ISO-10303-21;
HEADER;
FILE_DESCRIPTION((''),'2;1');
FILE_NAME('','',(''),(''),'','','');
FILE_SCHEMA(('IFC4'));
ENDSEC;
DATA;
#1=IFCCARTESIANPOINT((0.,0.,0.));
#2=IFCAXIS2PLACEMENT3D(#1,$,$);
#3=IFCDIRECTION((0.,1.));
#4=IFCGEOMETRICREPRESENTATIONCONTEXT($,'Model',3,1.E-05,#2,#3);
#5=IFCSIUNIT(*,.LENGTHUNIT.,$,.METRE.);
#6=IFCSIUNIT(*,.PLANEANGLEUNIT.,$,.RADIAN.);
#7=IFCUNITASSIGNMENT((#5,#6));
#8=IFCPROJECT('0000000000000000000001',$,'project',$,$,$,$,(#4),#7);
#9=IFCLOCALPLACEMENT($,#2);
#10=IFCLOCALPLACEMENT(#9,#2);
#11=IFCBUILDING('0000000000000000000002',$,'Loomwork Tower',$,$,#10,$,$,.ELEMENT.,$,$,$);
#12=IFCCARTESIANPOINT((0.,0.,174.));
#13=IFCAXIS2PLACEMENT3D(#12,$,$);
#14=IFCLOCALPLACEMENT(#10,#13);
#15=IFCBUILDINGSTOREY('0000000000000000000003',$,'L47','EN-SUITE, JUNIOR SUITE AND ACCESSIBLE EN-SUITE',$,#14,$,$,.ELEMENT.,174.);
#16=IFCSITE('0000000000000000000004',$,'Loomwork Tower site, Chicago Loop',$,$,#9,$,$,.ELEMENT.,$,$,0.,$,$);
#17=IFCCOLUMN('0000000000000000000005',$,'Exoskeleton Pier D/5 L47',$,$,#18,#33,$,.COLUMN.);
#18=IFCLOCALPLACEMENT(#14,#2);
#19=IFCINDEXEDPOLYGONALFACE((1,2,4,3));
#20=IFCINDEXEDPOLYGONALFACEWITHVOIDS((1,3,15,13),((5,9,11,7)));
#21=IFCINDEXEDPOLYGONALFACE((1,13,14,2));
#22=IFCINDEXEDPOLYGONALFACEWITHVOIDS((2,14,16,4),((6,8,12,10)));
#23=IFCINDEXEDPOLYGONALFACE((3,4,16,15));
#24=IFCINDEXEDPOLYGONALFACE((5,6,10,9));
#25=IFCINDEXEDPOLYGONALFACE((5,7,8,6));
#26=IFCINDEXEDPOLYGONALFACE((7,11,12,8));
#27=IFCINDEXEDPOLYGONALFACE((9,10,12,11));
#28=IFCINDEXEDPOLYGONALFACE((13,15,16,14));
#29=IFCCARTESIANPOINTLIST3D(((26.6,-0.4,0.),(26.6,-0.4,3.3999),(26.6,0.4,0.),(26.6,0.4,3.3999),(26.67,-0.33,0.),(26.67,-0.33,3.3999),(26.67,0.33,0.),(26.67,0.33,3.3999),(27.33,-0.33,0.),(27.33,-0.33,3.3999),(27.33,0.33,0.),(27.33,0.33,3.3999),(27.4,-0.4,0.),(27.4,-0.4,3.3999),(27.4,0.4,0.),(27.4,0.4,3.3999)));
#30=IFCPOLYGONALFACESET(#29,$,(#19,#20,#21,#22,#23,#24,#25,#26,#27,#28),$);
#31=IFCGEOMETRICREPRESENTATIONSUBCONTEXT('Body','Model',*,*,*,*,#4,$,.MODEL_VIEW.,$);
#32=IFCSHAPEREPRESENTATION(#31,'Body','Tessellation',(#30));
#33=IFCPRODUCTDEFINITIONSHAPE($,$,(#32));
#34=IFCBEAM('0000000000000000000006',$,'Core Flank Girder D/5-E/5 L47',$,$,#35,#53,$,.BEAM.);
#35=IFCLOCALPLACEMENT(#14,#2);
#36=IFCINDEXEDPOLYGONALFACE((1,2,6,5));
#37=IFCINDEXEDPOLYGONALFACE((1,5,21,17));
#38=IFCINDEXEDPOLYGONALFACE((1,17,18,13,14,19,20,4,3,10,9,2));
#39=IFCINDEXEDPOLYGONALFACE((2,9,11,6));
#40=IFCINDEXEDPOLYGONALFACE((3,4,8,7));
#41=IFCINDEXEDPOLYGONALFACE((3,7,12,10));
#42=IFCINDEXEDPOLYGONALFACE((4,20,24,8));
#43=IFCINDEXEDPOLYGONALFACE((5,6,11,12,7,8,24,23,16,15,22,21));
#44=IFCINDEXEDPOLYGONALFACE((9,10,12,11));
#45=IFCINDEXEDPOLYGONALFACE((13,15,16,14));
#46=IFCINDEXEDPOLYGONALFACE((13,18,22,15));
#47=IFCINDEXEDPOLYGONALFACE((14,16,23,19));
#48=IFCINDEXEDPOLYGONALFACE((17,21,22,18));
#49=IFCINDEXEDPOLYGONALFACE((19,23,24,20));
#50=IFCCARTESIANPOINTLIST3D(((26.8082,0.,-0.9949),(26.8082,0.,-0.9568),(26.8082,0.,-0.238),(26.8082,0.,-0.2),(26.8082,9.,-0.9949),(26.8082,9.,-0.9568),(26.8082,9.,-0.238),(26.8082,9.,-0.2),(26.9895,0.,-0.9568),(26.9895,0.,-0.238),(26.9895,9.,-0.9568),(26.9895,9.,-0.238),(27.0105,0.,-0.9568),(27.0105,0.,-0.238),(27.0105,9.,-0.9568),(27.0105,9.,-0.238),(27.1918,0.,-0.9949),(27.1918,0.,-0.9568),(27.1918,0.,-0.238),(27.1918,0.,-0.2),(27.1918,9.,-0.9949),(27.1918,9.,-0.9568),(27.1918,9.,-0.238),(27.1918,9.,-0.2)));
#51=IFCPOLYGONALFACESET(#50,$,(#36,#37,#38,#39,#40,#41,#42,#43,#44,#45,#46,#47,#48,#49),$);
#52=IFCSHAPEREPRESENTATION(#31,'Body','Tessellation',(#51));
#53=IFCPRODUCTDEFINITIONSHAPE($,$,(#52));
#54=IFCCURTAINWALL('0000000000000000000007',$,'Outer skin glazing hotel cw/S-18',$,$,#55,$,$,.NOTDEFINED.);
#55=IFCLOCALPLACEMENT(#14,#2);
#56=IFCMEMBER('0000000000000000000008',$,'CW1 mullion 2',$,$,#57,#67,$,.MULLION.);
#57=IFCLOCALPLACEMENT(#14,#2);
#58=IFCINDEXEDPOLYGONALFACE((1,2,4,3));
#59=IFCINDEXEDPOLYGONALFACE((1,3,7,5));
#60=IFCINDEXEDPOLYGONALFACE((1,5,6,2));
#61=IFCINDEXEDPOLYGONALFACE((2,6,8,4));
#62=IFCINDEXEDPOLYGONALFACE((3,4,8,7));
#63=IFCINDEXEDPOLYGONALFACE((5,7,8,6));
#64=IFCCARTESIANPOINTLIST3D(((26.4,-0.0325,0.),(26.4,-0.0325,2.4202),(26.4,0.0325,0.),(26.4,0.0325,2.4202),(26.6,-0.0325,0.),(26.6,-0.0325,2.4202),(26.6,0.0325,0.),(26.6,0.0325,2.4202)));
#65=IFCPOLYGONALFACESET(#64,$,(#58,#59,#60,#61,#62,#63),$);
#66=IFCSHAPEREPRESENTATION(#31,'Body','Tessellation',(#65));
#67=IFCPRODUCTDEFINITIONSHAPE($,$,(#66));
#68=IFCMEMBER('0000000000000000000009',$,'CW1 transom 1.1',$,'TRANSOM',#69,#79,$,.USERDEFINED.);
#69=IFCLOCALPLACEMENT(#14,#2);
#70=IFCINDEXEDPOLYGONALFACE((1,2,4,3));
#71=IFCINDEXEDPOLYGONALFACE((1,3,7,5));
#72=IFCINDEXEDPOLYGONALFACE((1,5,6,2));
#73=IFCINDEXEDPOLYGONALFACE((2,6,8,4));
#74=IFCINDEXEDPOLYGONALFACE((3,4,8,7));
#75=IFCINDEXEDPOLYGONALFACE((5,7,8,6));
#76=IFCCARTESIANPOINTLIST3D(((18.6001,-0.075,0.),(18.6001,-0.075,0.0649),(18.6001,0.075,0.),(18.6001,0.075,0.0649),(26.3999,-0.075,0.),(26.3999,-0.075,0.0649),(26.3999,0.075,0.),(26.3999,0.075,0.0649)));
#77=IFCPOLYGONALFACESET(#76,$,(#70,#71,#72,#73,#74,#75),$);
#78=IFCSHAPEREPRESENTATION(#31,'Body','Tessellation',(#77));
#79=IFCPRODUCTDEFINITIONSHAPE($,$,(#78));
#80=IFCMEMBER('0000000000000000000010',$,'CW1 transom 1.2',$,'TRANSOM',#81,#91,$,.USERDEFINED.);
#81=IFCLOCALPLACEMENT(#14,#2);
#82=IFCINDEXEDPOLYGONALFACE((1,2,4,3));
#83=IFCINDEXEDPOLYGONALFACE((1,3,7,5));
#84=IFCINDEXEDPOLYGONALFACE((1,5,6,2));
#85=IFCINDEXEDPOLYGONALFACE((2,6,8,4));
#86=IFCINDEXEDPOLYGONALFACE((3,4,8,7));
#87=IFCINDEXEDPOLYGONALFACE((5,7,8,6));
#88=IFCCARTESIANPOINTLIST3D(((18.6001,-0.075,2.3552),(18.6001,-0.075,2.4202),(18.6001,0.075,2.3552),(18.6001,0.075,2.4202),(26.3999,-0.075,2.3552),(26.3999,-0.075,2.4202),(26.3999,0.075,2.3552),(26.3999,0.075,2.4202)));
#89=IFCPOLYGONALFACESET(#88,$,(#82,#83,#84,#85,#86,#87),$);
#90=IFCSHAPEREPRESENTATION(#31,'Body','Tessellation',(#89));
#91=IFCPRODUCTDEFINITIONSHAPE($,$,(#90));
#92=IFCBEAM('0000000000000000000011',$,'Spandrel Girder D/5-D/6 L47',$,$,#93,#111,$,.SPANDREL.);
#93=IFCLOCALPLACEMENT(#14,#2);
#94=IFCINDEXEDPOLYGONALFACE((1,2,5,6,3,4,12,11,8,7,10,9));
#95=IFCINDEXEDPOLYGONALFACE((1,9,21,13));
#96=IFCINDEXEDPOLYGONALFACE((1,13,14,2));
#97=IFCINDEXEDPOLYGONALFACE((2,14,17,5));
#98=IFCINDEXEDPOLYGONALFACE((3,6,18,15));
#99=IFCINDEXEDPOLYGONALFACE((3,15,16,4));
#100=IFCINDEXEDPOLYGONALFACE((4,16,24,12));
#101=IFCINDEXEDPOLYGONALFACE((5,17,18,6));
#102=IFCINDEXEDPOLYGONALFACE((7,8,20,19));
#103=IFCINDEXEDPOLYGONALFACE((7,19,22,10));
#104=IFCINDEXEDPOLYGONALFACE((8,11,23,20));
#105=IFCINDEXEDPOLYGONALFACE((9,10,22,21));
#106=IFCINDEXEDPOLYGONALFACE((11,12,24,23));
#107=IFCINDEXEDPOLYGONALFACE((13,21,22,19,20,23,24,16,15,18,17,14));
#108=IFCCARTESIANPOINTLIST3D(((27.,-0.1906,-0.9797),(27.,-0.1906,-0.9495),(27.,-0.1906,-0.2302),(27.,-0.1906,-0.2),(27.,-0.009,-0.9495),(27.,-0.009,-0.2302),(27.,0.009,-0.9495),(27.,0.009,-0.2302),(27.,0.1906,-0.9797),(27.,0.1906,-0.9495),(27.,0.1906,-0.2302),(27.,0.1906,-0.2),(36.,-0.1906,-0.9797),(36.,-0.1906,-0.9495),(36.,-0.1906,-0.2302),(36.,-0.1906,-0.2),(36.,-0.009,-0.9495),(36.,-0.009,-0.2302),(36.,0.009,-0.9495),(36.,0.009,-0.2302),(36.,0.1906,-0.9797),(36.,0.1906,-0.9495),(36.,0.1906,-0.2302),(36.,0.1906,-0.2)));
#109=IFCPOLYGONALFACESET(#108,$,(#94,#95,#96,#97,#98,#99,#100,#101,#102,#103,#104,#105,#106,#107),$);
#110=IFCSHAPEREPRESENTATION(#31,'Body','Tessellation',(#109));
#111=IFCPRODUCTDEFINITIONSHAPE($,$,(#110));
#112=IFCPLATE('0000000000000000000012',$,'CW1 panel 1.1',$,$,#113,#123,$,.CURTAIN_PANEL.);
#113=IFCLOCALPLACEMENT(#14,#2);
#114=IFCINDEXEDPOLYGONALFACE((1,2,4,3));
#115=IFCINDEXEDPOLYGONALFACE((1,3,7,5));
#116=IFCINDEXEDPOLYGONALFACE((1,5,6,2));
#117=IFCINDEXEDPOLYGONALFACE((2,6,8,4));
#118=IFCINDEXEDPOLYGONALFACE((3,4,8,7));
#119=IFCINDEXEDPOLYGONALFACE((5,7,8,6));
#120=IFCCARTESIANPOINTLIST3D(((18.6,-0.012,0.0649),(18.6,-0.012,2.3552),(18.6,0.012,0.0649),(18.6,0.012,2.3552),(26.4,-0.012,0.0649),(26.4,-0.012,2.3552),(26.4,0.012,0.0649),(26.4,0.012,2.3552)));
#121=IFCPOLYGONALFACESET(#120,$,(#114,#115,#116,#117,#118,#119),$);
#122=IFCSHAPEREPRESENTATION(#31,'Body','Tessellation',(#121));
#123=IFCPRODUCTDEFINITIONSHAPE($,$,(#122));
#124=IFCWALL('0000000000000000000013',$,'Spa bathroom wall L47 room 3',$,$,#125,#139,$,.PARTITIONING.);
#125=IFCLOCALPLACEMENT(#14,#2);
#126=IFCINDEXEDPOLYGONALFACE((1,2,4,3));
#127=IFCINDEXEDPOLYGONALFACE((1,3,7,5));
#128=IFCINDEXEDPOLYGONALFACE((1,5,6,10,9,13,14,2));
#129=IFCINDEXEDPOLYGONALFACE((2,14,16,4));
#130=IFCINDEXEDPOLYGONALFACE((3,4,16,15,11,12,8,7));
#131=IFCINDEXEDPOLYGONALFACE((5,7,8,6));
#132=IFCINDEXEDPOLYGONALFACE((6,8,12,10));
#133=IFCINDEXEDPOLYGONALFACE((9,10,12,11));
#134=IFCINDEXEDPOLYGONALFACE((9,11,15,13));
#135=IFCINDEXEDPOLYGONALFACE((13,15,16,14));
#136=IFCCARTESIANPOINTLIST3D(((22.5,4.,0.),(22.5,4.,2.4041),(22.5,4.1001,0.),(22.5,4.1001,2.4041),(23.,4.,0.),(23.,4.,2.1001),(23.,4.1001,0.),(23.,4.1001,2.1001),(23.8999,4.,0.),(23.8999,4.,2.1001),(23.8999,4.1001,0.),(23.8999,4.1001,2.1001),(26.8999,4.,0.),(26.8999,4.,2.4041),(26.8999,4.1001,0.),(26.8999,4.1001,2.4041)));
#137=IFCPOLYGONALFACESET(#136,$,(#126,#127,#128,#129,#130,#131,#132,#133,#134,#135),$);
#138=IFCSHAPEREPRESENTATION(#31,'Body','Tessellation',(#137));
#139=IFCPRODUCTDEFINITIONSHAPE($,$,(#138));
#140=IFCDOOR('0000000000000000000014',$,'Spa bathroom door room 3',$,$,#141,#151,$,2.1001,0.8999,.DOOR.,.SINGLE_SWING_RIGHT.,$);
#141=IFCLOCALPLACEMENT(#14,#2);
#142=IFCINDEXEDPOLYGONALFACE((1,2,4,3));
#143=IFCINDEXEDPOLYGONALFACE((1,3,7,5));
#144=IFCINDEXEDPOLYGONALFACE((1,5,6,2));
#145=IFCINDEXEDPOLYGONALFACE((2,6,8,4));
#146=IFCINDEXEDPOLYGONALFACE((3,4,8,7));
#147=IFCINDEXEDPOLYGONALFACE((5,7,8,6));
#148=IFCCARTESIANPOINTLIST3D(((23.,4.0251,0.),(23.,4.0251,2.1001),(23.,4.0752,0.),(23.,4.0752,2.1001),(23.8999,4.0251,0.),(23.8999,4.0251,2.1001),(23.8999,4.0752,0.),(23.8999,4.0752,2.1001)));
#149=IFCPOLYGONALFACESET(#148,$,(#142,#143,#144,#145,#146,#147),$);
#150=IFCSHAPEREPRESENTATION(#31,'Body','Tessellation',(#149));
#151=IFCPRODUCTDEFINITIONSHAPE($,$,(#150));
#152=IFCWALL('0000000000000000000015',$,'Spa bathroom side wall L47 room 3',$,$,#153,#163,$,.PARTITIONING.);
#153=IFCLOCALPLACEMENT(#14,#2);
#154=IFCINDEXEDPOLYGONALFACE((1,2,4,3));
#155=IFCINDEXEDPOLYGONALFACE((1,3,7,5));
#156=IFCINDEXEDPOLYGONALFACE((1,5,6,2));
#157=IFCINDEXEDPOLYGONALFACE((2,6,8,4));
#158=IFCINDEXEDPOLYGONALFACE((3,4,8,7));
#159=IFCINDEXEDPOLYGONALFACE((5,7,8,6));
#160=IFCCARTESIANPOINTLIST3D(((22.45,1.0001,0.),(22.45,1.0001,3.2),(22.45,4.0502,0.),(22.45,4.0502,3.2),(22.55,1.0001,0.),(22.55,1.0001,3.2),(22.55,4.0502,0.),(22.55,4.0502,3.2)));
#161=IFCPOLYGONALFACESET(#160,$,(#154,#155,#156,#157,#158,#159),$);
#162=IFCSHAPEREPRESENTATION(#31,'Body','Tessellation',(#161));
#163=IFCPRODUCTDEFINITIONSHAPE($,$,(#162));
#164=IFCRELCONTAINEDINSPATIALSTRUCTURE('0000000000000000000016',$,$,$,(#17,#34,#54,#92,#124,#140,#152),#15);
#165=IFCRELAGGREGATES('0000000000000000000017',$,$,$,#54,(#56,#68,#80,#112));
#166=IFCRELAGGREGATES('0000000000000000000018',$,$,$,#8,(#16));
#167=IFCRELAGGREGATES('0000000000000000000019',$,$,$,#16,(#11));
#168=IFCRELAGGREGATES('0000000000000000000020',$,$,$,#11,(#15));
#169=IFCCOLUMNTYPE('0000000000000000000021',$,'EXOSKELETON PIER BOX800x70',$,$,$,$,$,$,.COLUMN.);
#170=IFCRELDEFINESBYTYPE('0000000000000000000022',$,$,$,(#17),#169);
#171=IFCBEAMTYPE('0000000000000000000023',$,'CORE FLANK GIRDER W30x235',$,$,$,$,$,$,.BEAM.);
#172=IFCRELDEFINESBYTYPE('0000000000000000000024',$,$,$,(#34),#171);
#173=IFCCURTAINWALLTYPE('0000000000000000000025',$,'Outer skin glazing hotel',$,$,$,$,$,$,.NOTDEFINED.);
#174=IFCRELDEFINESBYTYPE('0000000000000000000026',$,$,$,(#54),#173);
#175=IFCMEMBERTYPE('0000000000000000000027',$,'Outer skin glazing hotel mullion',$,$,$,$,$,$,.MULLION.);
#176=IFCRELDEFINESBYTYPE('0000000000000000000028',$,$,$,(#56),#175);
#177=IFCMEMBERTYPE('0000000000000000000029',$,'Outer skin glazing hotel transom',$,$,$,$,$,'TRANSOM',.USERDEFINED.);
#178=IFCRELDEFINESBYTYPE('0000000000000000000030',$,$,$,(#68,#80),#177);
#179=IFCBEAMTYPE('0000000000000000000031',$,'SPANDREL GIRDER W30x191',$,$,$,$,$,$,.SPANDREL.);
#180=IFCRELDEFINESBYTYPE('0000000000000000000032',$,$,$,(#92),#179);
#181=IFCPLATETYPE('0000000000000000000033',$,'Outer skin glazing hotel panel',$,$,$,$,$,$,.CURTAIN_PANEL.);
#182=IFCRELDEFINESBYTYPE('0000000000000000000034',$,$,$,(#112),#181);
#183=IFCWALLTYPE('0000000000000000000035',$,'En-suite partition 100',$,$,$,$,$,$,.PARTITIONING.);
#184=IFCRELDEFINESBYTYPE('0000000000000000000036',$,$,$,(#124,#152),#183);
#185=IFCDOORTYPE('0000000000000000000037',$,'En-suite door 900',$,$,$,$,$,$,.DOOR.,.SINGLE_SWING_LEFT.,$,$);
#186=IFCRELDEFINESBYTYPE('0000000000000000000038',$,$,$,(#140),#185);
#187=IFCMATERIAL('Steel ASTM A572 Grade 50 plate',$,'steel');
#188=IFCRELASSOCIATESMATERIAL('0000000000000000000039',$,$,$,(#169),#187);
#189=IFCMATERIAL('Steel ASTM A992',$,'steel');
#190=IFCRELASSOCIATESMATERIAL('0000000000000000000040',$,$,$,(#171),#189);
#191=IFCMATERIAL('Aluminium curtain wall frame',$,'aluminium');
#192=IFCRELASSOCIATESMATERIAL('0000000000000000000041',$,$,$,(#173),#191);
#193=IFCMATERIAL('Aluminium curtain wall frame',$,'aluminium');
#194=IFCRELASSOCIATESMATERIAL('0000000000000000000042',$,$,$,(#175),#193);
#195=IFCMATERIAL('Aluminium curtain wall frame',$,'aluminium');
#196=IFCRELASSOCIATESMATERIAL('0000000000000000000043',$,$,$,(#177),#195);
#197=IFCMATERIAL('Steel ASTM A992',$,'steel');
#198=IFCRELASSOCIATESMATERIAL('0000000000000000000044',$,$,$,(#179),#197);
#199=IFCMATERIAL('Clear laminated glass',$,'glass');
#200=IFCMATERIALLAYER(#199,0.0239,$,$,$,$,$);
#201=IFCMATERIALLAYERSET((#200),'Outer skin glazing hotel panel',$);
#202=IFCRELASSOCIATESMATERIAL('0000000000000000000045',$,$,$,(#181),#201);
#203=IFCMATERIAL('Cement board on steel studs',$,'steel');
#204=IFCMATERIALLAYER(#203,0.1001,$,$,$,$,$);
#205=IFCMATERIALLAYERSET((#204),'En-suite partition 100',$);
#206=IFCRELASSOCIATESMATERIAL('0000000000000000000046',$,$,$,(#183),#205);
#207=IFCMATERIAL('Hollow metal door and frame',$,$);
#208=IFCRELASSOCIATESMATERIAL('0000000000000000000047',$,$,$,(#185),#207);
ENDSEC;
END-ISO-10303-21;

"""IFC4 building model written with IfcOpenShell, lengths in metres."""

from ifc_helpers import new_model, si_unit, direction, frame, frame_2d, origin, origin_2d, place, context, subcontext, project, spatial, rectangle, hollow_rectangle, i_section, extrude, material, layer, layer_set, material_profile, profile_set, type_object, element, fill, aggregate, save


model = new_model("IFC4")

# Units and contexts
model_context = context("Model", 3, precision=1e-05, world=origin(), true_north=direction((0.0, 1.0)))
body_context = subcontext(model_context, "Body", "Model", "MODEL_VIEW")
ifc_project = project(units=[si_unit("LENGTHUNIT", "METRE"), si_unit("PLANEANGLEUNIT", "RADIAN")], contexts=[model_context])

# Site, building, storey
site_placement = place(None, origin())
site = spatial("IfcSite", under=ifc_project, at=site_placement, Name="Loomwork Tower site, Chicago Loop", CompositionType="ELEMENT", RefElevation=0.0)
building_placement = place(site_placement, origin())
building = spatial("IfcBuilding", under=site, at=building_placement, Name="Loomwork Tower", CompositionType="ELEMENT")
storey_placement = place(building_placement, frame((0.0, 0.0, 174.0)))
storey = spatial("IfcBuildingStorey", under=building, at=storey_placement, Name="L47", Description="EN-SUITE, JUNIOR SUITE AND ACCESSIBLE EN-SUITE", CompositionType="ELEMENT", Elevation=174.0)

# Column
ifc_material_1 = material(Name="Steel ASTM A572 Grade 50 plate", Category="steel")
ifc_material_profile_1 = material_profile(ifc_material_1, hollow_rectangle(XDim=0.8, YDim=0.8, WallThickness=0.0701, at=origin_2d()), Name="BOX800x70")
ifc_profile_set_1 = profile_set([ifc_material_profile_1], Name="Steel ASTM A572 Grade 50 plate")
column_type = type_object("IfcColumnType", Name="EXOSKELETON PIER BOX800x70", PredefinedType="COLUMN", material=ifc_profile_set_1)
column_placement = place(storey_placement, frame((27.0, 0.0, 0.0), z_axis=(0.0, 0.0, 1.0), x_axis=(1.0, 0.0, 0.0)))
element("IfcColumn", 1, at=column_placement, inside=storey, type_object=column_type, Name="Exoskeleton Pier D/5 L47", PredefinedType="COLUMN", context=body_context, shape_type="SweptSolid", body=[
    extrude(hollow_rectangle(XDim=0.8, YDim=0.8, WallThickness=0.0701, at=origin_2d()), origin(), (0.0, 0.0, 1.0), 3.3999),
])

# Beam
ifc_material_2 = material(Name="Steel ASTM A992", Category="steel")
ifc_material_profile_2 = material_profile(ifc_material_2, i_section(OverallWidth=0.3835, OverallDepth=0.7949, WebThickness=0.021, FlangeThickness=0.0381, at=origin_2d()), Name="W30x235")
ifc_profile_set_2 = profile_set([ifc_material_profile_2], Name="Steel ASTM A992")
beam_type_1 = type_object("IfcBeamType", Name="CORE FLANK GIRDER W30x235", PredefinedType="BEAM", material=ifc_profile_set_2)
beam_1_placement = place(storey_placement, frame((27.0, 0.0, -0.5974), z_axis=(0.0, 1.0, 0.0), x_axis=(-1.0, 0.0, 0.0)))
element("IfcBeam", 2, at=beam_1_placement, inside=storey, type_object=beam_type_1, Name="Core Flank Girder D/5-E/5 L47", PredefinedType="BEAM", context=body_context, shape_type="SweptSolid", body=[
    extrude(i_section(OverallWidth=0.3835, OverallDepth=0.7949, WebThickness=0.021, FlangeThickness=0.0381, at=origin_2d()), origin(), (0.0, 0.0, 1.0), 9.0),
])

# Curtain wall, members
ifc_material_3 = material(Name="Aluminium curtain wall frame", Category="aluminium")
curtain_wall_type = type_object("IfcCurtainWallType", Name="Outer skin glazing hotel", PredefinedType="NOTDEFINED", material=ifc_material_3)
curtain_wall_placement = place(storey_placement, origin())
curtain_wall = element("IfcCurtainWall", 3, at=curtain_wall_placement, inside=storey, type_object=curtain_wall_type, Name="Outer skin glazing hotel cw/S-18", PredefinedType="NOTDEFINED")
ifc_material_4 = material(Name="Aluminium curtain wall frame", Category="aluminium")
ifc_material_profile_3 = material_profile(ifc_material_4, rectangle(XDim=0.0649, YDim=0.2, at=origin_2d()), Name="AL 65x200")
ifc_profile_set_3 = profile_set([ifc_material_profile_3], Name="Aluminium curtain wall frame")
member_type_1 = type_object("IfcMemberType", Name="Outer skin glazing hotel mullion", PredefinedType="MULLION", material=ifc_profile_set_3)
member_1_placement = place(storey_placement, frame((26.5, 0.0, 0.0), z_axis=(0.0, 0.0, 1.0), x_axis=(0.0, 1.0, 0.0)))
member_1 = element("IfcMember", 4, at=member_1_placement, type_object=member_type_1, Name="CW1 mullion 2", PredefinedType="MULLION", context=body_context, shape_type="SweptSolid", body=[
    extrude(rectangle(XDim=0.0649, YDim=0.2, at=origin_2d()), origin(), (0.0, 0.0, 1.0), 2.4202),
])
ifc_material_5 = material(Name="Aluminium curtain wall frame", Category="aluminium")
ifc_material_profile_4 = material_profile(ifc_material_5, rectangle(XDim=0.1499, YDim=0.0649, at=origin_2d()), Name="AL 65x150")
ifc_profile_set_4 = profile_set([ifc_material_profile_4], Name="Aluminium curtain wall frame")
member_type_2 = type_object("IfcMemberType", Name="Outer skin glazing hotel transom", ElementType="TRANSOM", PredefinedType="USERDEFINED", material=ifc_profile_set_4)
member_2_placement = place(storey_placement, frame((18.6001, 0.0, 0.0325), z_axis=(1.0, 0.0, 0.0), x_axis=(0.0, 1.0, 0.0)))
member_2 = element("IfcMember", 5, at=member_2_placement, type_object=member_type_2, Name="CW1 transom 1.1", ObjectType="TRANSOM", PredefinedType="USERDEFINED", context=body_context, shape_type="SweptSolid", body=[
    extrude(rectangle(XDim=0.1499, YDim=0.0649, at=origin_2d()), origin(), (0.0, 0.0, 1.0), 7.7998),
])
member_3_placement = place(storey_placement, frame((18.6001, 0.0, 2.3877), z_axis=(1.0, 0.0, 0.0), x_axis=(0.0, 1.0, 0.0)))
member_3 = element("IfcMember", 6, at=member_3_placement, type_object=member_type_2, Name="CW1 transom 1.2", ObjectType="TRANSOM", PredefinedType="USERDEFINED", context=body_context, shape_type="SweptSolid", body=[
    extrude(rectangle(XDim=0.1499, YDim=0.0649, at=origin_2d()), origin(), (0.0, 0.0, 1.0), 7.7998),
])

# Beam
ifc_material_6 = material(Name="Steel ASTM A992", Category="steel")
ifc_material_profile_5 = material_profile(ifc_material_6, i_section(OverallWidth=0.3811, OverallDepth=0.7798, WebThickness=0.0181, FlangeThickness=0.0303, at=origin_2d()), Name="W30x191")
ifc_profile_set_5 = profile_set([ifc_material_profile_5], Name="Steel ASTM A992")
beam_type_2 = type_object("IfcBeamType", Name="SPANDREL GIRDER W30x191", PredefinedType="SPANDREL", material=ifc_profile_set_5)
beam_2_placement = place(storey_placement, frame((27.0, 0.0, -0.5898), z_axis=(1.0, 0.0, 0.0), x_axis=(0.0, 1.0, 0.0)))
element("IfcBeam", 7, at=beam_2_placement, inside=storey, type_object=beam_type_2, Name="Spandrel Girder D/5-D/6 L47", PredefinedType="SPANDREL", context=body_context, shape_type="SweptSolid", body=[
    extrude(i_section(OverallWidth=0.3811, OverallDepth=0.7798, WebThickness=0.0181, FlangeThickness=0.0303, at=origin_2d()), origin(), (0.0, 0.0, 1.0), 9.0),
])

# Plate
ifc_material_7 = material(Name="Clear laminated glass", Category="glass")
ifc_layer_1 = layer(ifc_material_7, 0.0239)
ifc_layer_set_1 = layer_set([ifc_layer_1], Name="Outer skin glazing hotel panel")
plate_type = type_object("IfcPlateType", Name="Outer skin glazing hotel panel", PredefinedType="CURTAIN_PANEL", material=ifc_layer_set_1)
plate_placement = place(storey_placement, frame((22.5, 0.0, 0.0649), z_axis=(0.0, 0.0, 1.0), x_axis=(1.0, 0.0, 0.0)))
plate = element("IfcPlate", 8, at=plate_placement, type_object=plate_type, Name="CW1 panel 1.1", PredefinedType="CURTAIN_PANEL", context=body_context, shape_type="SweptSolid", body=[
    extrude(rectangle(XDim=7.8, YDim=0.0239, at=origin_2d()), origin(), (0.0, 0.0, 1.0), 2.2903),
])
aggregate(curtain_wall, [member_1, member_2, member_3, plate])

# Wall, opening, door
ifc_material_8 = material(Name="Cement board on steel studs", Category="steel")
ifc_layer_2 = layer(ifc_material_8, 0.1001)
ifc_layer_set_2 = layer_set([ifc_layer_2], Name="En-suite partition 100")
wall_type_1 = type_object("IfcWallType", Name="En-suite partition 100", PredefinedType="PARTITIONING", material=ifc_layer_set_2)
wall_1_placement = place(storey_placement, frame((22.5, 4.05, 0.0), z_axis=(0.0, 0.0, 1.0), x_axis=(1.0, 0.0, 0.0)))
wall_1 = element("IfcWall", 9, at=wall_1_placement, inside=storey, type_object=wall_type_1, Name="Spa bathroom wall L47 room 3", PredefinedType="PARTITIONING", context=body_context, shape_type="SweptSolid", body=[
    extrude(rectangle(XDim=4.3999, YDim=0.1001, at=frame_2d((2.2, 0.0))), origin(), (0.0, 0.0, 1.0), 2.4041),
])
opening_placement = place(wall_1_placement, frame((0.5, 0.0, 0.0)))
opening = element("IfcOpeningElement", 10, at=opening_placement, cuts=wall_1, PredefinedType="OPENING", context=body_context, shape_type="SweptSolid", body=[
    extrude(rectangle(XDim=0.8999, YDim=2.1001, at=frame_2d((0.45, 1.05))), frame((0.0, 0.0601, 0.0), z_axis=(0.0, -1.0, 0.0), x_axis=(1.0, 0.0, 0.0)), (0.0, 0.0, 1.0), 0.1201),
])
ifc_material_9 = material(Name="Hollow metal door and frame")
door_type = type_object("IfcDoorType", Name="En-suite door 900", OperationType="SINGLE_SWING_LEFT", PredefinedType="DOOR", material=ifc_material_9)
door_placement = place(opening_placement, frame((0.8999, 0.0, 0.0), z_axis=(0.0, 0.0, 1.0), x_axis=(-1.0, 0.0, 0.0)))
door = element("IfcDoor", 11, at=door_placement, inside=storey, type_object=door_type, Name="Spa bathroom door room 3", OperationType="SINGLE_SWING_RIGHT", OverallHeight=2.1001, OverallWidth=0.8999, PredefinedType="DOOR", context=body_context, shape_type="SweptSolid", body=[
    extrude(rectangle(XDim=0.8999, YDim=2.1001, at=frame_2d((0.45, 1.05))), frame((0.0, 0.0249, 0.0), z_axis=(0.0, -1.0, 0.0), x_axis=(1.0, 0.0, 0.0)), (0.0, 0.0, 1.0), 0.05),
])
fill(opening, door)

# Wall
wall_2_placement = place(storey_placement, frame((22.5, 4.05, 0.0), z_axis=(0.0, 0.0, 1.0), x_axis=(0.0, -1.0, 0.0)))
element("IfcWall", 12, at=wall_2_placement, inside=storey, type_object=wall_type_1, Name="Spa bathroom side wall L47 room 3", PredefinedType="PARTITIONING", context=body_context, shape_type="SweptSolid", body=[
    extrude(rectangle(XDim=3.05, YDim=0.1001, at=frame_2d((1.5249, 0.0))), origin(), (0.0, 0.0, 1.0), 3.2),
])

save(model, "model.ifc")
